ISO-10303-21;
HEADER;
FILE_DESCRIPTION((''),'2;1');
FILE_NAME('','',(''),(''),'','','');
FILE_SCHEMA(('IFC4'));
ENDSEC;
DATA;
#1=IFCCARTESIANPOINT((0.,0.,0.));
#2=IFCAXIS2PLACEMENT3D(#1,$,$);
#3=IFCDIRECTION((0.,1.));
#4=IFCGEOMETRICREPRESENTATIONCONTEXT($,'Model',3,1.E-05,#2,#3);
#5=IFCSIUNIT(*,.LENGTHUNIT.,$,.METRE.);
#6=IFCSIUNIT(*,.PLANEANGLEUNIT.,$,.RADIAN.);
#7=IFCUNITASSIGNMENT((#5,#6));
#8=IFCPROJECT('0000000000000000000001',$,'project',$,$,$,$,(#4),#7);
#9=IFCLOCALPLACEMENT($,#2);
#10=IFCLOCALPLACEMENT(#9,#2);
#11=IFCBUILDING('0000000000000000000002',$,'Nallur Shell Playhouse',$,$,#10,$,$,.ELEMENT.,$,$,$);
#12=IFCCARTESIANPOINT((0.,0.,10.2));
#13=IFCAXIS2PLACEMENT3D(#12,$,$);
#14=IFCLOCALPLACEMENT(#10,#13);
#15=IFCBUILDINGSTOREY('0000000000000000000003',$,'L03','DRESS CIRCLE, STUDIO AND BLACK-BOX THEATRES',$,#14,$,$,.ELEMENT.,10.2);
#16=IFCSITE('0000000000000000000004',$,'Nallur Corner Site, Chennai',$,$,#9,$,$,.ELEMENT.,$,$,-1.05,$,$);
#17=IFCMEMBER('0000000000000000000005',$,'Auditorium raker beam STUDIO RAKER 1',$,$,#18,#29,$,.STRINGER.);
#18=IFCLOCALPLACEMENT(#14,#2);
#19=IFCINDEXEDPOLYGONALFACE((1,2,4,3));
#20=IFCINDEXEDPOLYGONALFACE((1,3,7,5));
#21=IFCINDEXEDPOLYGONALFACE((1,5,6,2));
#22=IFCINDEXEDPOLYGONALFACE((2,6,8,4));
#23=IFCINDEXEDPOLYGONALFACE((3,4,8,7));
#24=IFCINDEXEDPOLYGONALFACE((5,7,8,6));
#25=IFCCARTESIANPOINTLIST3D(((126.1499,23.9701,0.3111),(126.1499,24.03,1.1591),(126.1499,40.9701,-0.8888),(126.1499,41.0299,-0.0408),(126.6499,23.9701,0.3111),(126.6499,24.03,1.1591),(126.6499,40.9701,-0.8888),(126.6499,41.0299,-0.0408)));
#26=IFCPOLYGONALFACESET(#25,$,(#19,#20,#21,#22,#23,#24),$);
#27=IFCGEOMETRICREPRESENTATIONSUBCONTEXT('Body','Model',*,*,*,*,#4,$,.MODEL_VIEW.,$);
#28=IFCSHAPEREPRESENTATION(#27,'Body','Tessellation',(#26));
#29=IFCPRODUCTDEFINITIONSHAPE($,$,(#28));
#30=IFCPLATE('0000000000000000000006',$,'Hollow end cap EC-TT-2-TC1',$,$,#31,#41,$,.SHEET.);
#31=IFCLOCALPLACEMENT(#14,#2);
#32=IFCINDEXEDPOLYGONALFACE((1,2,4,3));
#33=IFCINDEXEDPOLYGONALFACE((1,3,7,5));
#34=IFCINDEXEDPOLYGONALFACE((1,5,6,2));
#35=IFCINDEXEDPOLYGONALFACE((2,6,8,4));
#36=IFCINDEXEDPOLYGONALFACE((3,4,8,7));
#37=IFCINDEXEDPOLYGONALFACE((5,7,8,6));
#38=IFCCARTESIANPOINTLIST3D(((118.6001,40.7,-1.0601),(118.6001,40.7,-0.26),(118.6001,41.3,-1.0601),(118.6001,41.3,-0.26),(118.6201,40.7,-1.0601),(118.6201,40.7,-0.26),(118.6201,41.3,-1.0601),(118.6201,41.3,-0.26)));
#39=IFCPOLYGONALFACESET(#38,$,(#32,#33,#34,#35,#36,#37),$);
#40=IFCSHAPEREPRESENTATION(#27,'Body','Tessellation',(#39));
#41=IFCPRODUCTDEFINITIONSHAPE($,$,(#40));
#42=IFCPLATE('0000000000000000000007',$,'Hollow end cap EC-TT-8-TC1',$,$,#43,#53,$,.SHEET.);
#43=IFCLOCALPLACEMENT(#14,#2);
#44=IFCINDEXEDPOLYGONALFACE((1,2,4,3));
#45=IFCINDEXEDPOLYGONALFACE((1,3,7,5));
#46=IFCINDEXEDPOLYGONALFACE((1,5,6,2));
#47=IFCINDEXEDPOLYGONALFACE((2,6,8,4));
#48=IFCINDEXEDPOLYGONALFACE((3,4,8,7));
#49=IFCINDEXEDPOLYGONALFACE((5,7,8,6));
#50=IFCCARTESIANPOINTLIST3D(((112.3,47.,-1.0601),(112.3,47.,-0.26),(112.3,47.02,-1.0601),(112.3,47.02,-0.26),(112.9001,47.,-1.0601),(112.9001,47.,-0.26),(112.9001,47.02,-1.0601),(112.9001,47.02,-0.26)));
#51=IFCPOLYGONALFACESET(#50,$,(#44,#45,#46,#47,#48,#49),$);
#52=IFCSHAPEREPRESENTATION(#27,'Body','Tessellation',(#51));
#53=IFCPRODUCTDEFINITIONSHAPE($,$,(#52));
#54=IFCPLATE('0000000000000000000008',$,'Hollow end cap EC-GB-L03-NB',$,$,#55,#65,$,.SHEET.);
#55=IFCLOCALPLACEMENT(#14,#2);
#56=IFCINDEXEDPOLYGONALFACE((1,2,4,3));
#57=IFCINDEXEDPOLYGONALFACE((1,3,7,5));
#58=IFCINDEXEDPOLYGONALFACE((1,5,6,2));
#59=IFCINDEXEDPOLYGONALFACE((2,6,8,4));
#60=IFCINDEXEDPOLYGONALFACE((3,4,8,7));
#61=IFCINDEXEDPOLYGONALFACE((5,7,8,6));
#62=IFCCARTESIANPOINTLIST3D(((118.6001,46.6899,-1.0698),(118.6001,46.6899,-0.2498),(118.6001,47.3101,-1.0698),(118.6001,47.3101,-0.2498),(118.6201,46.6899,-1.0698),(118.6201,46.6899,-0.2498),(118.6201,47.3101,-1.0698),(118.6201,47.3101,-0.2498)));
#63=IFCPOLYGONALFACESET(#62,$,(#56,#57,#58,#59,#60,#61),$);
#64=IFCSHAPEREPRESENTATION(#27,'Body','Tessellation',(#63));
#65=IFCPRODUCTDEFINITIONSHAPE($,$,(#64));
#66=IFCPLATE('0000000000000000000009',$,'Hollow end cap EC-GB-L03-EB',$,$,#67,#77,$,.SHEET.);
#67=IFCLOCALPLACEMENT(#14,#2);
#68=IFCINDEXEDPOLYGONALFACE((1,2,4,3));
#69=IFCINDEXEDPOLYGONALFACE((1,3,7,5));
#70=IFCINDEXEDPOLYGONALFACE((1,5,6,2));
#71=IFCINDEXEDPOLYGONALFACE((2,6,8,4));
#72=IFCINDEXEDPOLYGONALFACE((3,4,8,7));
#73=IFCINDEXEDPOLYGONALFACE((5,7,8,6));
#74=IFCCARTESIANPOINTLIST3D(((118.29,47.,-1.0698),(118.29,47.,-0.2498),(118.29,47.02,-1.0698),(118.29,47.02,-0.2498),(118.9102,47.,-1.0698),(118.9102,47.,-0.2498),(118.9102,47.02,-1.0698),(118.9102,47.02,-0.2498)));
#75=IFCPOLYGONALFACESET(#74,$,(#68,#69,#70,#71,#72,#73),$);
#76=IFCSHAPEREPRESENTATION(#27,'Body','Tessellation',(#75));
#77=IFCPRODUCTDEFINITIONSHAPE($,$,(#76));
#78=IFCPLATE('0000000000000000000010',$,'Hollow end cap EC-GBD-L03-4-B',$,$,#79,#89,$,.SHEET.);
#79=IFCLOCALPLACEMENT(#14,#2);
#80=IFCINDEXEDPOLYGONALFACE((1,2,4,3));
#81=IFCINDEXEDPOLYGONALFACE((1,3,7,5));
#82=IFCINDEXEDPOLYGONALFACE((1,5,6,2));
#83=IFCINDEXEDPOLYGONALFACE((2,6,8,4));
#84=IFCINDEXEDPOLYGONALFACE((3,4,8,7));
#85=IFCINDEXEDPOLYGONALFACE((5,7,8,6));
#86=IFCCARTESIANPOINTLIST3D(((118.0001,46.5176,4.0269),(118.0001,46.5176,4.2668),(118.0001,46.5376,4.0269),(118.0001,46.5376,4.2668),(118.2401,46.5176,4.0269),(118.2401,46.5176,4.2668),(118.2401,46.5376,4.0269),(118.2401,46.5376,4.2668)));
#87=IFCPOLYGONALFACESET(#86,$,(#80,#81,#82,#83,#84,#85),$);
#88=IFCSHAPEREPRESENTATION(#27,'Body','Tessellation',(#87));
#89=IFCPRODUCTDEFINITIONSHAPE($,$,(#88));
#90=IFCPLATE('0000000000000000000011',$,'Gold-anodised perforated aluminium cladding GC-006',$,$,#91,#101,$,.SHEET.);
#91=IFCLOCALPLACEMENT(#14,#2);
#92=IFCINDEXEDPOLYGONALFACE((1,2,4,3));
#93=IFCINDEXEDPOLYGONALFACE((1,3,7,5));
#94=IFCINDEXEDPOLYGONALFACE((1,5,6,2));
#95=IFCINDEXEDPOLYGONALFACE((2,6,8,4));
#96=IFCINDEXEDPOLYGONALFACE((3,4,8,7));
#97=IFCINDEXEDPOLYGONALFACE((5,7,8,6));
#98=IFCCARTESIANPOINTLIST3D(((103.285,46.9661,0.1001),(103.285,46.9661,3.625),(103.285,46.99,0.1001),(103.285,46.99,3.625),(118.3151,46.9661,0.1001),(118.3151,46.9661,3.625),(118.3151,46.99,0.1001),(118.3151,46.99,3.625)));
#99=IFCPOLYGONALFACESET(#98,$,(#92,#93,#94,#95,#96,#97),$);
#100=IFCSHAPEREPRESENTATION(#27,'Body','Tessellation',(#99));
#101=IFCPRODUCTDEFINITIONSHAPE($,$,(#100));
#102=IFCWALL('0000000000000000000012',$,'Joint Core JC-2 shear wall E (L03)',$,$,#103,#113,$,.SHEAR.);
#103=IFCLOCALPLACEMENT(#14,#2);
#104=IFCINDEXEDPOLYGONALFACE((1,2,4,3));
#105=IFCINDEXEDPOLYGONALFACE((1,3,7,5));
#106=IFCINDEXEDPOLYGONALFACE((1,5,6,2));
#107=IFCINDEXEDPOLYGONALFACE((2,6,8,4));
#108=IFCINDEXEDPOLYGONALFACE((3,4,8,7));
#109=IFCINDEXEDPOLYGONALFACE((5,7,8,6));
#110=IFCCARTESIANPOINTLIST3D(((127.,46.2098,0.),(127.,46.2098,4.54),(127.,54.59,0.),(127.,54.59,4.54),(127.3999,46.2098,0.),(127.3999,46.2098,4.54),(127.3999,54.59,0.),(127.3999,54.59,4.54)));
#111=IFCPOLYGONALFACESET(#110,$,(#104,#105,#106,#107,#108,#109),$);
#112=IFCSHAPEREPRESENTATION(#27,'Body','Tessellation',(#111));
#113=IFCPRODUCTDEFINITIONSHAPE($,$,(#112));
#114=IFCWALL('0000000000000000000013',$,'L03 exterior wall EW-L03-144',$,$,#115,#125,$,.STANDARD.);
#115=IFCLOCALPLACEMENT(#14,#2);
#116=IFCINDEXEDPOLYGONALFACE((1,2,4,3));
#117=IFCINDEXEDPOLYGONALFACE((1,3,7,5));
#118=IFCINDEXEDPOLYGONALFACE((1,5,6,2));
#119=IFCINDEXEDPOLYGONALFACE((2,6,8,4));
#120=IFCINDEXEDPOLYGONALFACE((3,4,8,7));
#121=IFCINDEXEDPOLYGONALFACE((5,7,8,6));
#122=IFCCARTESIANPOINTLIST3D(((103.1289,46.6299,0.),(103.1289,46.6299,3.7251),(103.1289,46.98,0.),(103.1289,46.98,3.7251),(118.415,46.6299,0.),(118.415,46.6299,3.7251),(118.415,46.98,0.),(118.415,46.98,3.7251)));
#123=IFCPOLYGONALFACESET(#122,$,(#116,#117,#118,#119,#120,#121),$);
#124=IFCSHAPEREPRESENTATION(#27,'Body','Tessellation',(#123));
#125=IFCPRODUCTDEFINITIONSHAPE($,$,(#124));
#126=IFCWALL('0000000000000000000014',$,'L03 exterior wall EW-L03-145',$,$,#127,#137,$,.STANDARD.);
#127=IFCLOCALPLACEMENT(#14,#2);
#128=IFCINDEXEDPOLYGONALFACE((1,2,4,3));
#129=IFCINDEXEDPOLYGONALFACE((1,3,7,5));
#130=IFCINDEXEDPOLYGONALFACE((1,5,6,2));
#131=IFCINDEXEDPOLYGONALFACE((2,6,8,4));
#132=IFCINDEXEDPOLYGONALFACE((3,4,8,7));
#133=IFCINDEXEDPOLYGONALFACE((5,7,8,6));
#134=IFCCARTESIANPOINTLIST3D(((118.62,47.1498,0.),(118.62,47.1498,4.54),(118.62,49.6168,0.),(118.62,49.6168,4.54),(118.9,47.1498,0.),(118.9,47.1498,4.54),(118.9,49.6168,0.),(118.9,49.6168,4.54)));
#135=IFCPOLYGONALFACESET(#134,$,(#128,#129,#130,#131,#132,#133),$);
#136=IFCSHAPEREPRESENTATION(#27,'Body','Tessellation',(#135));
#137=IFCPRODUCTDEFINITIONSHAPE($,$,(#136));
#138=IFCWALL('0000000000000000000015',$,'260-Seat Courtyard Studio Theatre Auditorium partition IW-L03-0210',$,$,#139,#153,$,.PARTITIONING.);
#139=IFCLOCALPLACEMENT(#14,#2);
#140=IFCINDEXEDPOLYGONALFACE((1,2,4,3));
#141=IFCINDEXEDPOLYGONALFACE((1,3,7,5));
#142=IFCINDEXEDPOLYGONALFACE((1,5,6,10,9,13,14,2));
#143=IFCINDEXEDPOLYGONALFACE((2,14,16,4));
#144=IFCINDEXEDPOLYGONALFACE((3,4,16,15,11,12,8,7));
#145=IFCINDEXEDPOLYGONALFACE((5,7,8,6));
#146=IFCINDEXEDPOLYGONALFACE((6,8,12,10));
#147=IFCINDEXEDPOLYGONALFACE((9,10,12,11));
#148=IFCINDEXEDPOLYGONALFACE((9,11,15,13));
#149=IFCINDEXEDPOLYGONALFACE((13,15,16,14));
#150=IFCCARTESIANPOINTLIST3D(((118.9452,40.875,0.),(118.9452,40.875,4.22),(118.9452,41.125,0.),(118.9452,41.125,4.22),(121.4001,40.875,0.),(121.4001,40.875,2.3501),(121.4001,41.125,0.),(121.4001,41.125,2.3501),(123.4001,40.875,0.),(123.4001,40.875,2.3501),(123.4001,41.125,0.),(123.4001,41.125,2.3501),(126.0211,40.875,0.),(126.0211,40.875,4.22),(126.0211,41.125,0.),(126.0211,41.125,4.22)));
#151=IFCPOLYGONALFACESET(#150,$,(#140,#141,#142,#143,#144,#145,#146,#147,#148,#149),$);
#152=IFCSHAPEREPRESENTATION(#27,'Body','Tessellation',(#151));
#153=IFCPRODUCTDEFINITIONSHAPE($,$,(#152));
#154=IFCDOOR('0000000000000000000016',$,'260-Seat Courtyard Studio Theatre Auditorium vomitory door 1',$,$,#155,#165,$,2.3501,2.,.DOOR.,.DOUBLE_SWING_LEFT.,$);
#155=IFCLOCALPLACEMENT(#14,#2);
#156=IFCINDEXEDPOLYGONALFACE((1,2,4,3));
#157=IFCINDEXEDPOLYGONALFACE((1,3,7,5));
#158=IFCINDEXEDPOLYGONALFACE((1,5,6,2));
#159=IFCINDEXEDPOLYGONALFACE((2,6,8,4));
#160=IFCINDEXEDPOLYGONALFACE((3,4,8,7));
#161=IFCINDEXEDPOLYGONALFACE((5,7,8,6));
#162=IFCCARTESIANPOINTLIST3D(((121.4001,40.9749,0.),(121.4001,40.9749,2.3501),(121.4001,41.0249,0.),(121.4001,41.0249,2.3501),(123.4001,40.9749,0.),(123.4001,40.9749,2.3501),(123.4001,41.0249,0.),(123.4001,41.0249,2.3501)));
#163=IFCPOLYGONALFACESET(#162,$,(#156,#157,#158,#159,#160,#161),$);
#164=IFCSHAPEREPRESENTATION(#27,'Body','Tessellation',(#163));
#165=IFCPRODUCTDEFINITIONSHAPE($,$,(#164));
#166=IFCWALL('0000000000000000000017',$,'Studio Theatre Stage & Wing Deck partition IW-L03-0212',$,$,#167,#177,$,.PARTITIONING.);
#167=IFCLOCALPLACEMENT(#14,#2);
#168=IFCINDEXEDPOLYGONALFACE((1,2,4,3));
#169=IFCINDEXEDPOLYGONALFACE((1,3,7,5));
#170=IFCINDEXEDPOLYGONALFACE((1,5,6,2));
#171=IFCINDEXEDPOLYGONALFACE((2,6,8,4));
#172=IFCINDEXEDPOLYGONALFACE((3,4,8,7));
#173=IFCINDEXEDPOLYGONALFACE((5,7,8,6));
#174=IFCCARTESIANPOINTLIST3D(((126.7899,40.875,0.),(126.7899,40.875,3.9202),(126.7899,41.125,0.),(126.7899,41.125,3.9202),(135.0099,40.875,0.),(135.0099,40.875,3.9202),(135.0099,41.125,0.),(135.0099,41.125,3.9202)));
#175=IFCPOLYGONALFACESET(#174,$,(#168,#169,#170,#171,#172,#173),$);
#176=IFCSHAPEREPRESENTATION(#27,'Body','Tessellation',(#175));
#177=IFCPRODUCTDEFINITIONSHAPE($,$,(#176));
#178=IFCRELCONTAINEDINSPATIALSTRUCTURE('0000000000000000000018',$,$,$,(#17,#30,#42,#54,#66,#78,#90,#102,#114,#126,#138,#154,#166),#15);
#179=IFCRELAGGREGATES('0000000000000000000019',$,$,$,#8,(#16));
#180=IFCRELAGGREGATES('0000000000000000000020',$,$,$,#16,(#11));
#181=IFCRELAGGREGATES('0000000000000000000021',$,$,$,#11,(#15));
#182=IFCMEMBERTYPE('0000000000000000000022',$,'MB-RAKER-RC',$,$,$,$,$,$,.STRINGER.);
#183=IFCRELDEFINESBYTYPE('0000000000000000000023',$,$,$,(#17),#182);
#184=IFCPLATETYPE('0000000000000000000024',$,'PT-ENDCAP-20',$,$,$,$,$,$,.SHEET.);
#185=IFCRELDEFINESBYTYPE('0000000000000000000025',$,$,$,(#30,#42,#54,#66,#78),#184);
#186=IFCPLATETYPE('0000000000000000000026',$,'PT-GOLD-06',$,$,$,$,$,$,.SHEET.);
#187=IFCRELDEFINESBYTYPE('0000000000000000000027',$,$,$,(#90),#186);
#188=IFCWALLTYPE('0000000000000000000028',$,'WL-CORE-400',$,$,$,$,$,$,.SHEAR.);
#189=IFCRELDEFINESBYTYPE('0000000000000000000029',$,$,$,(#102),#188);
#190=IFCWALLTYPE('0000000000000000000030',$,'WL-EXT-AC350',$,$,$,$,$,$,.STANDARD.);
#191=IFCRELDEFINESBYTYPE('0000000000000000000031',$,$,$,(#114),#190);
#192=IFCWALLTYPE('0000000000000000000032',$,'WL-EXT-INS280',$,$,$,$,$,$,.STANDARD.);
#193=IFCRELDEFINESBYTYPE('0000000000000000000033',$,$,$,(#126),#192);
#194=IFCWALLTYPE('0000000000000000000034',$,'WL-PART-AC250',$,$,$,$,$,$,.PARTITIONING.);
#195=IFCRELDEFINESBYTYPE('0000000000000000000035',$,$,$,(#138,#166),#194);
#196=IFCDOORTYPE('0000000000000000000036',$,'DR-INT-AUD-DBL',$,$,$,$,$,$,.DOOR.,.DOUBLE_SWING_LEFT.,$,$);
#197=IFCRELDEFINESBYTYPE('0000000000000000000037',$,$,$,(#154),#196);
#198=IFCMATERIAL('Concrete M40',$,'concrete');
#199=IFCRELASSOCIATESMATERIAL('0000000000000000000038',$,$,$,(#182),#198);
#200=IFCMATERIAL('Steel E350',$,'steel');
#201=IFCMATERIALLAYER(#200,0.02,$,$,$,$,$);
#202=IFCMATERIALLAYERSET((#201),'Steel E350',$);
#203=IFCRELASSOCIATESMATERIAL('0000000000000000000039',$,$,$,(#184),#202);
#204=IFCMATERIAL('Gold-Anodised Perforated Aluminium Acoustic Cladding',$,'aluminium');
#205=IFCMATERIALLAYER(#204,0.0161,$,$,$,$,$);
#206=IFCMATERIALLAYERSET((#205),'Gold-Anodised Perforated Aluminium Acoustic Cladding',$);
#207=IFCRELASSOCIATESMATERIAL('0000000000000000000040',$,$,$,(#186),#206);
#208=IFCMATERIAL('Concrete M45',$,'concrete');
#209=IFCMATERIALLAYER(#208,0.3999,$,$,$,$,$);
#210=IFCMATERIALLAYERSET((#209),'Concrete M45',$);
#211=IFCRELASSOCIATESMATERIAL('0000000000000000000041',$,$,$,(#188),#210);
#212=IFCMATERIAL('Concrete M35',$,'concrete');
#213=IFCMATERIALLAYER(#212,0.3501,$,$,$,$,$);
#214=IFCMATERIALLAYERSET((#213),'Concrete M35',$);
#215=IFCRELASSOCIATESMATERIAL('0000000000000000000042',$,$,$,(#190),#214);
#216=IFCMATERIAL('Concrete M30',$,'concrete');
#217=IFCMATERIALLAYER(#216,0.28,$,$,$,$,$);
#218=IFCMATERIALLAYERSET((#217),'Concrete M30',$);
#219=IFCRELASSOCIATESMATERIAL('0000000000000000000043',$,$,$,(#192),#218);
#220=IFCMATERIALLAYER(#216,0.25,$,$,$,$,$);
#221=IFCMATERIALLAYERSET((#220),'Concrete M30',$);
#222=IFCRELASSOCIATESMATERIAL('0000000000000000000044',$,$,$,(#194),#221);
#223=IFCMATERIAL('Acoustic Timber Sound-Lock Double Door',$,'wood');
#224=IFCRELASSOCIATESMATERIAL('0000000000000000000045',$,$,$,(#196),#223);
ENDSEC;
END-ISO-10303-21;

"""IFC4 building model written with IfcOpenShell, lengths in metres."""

from ifc_helpers import new_model, si_unit, direction, frame, frame_2d, origin, origin_2d, place, context, subcontext, project, spatial, rectangle, extrude, material, layer, layer_set, material_profile, profile_set, type_object, element, fill, save


model = new_model("IFC4")

# Units and contexts
model_context = context("Model", 3, precision=1e-05, world=origin(), true_north=direction((0.0, 1.0)))
body_context = subcontext(model_context, "Body", "Model", "MODEL_VIEW")
ifc_project = project(units=[si_unit("LENGTHUNIT", "METRE"), si_unit("PLANEANGLEUNIT", "RADIAN")], contexts=[model_context])

# Site, building, storey
site_placement = place(None, origin())
site = spatial("IfcSite", under=ifc_project, at=site_placement, Name="Nallur Corner Site, Chennai", CompositionType="ELEMENT", RefElevation=-1.05)
building_placement = place(site_placement, origin())
building = spatial("IfcBuilding", under=site, at=building_placement, Name="Nallur Shell Playhouse", CompositionType="ELEMENT")
storey_placement = place(building_placement, frame((0.0, 0.0, 10.2)))
storey = spatial("IfcBuildingStorey", under=building, at=storey_placement, Name="L03", Description="DRESS CIRCLE, STUDIO AND BLACK-BOX THEATRES", CompositionType="ELEMENT", Elevation=10.2)

# Shared definitions
ifc_material_1 = material(Name="Concrete M45", Category="concrete")
ifc_material_2 = material(Name="Concrete M40", Category="concrete")

# Shared definitions
ifc_material_3 = material(Name="Steel E350", Category="steel")

# Member
ifc_material_profile_1 = material_profile(ifc_material_2, rectangle(XDim=0.5, YDim=0.8501, at=origin_2d()), Name="RC 500x850")
ifc_profile_set_1 = profile_set([ifc_material_profile_1], Name="Concrete M40")
member_type_1 = type_object("IfcMemberType", Name="MB-RAKER-RC", PredefinedType="STRINGER", material=ifc_profile_set_1)
member_1_placement = place(storey_placement, frame((126.3999, 41.0, -0.4648), z_axis=(0.0, -0.997518, 0.07041), x_axis=(1.0, 0.0, 0.0)))
element("IfcMember", 1, at=member_1_placement, inside=storey, type_object=member_type_1, Name="Auditorium raker beam STUDIO RAKER 1", PredefinedType="STRINGER", context=body_context, shape_type="SweptSolid", body=[
    extrude(rectangle(XDim=0.5, YDim=0.8501, at=origin_2d()), origin(), (0.0, 0.0, 1.0), 17.0422),
])

# Plates
ifc_layer_1 = layer(ifc_material_3, 0.02)
ifc_layer_set_1 = layer_set([ifc_layer_1], Name="Steel E350")
plate_type_1 = type_object("IfcPlateType", Name="PT-ENDCAP-20", PredefinedType="SHEET", material=ifc_layer_set_1)
plate_1_placement = place(storey_placement, frame((118.6101, 41.0, -1.0601), z_axis=(0.0, 0.0, 1.0), x_axis=(1.0, 0.0, 0.0)))
element("IfcPlate", 2, at=plate_1_placement, inside=storey, type_object=plate_type_1, Name="Hollow end cap EC-TT-2-TC1", PredefinedType="SHEET", context=body_context, shape_type="SweptSolid", body=[
    extrude(rectangle(XDim=0.02, YDim=0.6001, at=origin_2d()), origin(), (0.0, 0.0, 1.0), 0.8),
])
plate_2_placement = place(storey_placement, frame((112.6001, 47.01, -1.0601), z_axis=(0.0, 0.0, 1.0), x_axis=(1.0, 0.0, 0.0)))
element("IfcPlate", 3, at=plate_2_placement, inside=storey, type_object=plate_type_1, Name="Hollow end cap EC-TT-8-TC1", PredefinedType="SHEET", context=body_context, shape_type="SweptSolid", body=[
    extrude(rectangle(XDim=0.6001, YDim=0.02, at=origin_2d()), origin(), (0.0, 0.0, 1.0), 0.8),
])
plate_3_placement = place(storey_placement, frame((118.6101, 47.0, -1.0698), z_axis=(0.0, 0.0, 1.0), x_axis=(1.0, 0.0, 0.0)))
element("IfcPlate", 4, at=plate_3_placement, inside=storey, type_object=plate_type_1, Name="Hollow end cap EC-GB-L03-NB", PredefinedType="SHEET", context=body_context, shape_type="SweptSolid", body=[
    extrude(rectangle(XDim=0.02, YDim=0.6201, at=origin_2d()), origin(), (0.0, 0.0, 1.0), 0.8201),
])
plate_4_placement = place(storey_placement, frame((118.6001, 47.01, -1.0698), z_axis=(0.0, 0.0, 1.0), x_axis=(1.0, 0.0, 0.0)))
element("IfcPlate", 5, at=plate_4_placement, inside=storey, type_object=plate_type_1, Name="Hollow end cap EC-GB-L03-EB", PredefinedType="SHEET", context=body_context, shape_type="SweptSolid", body=[
    extrude(rectangle(XDim=0.6201, YDim=0.02, at=origin_2d()), origin(), (0.0, 0.0, 1.0), 0.8201),
])
plate_5_placement = place(storey_placement, frame((118.1201, 46.5276, 4.0269), z_axis=(0.0, 0.0, 1.0), x_axis=(1.0, 0.0, 0.0)))
element("IfcPlate", 6, at=plate_5_placement, inside=storey, type_object=plate_type_1, Name="Hollow end cap EC-GBD-L03-4-B", PredefinedType="SHEET", context=body_context, shape_type="SweptSolid", body=[
    extrude(rectangle(XDim=0.24, YDim=0.02, at=origin_2d()), origin(), (0.0, 0.0, 1.0), 0.24),
])
ifc_material_4 = material(Name="Gold-Anodised Perforated Aluminium Acoustic Cladding", Category="aluminium")
ifc_layer_2 = layer(ifc_material_4, 0.0161)
ifc_layer_set_2 = layer_set([ifc_layer_2], Name="Gold-Anodised Perforated Aluminium Acoustic Cladding")
plate_type_2 = type_object("IfcPlateType", Name="PT-GOLD-06", PredefinedType="SHEET", material=ifc_layer_set_2)
plate_6_placement = place(storey_placement, frame((110.8, 46.978, 0.1001), z_axis=(0.0, 0.0, 1.0), x_axis=(1.0, 0.0, 0.0)))
element("IfcPlate", 7, at=plate_6_placement, inside=storey, type_object=plate_type_2, Name="Gold-anodised perforated aluminium cladding GC-006", PredefinedType="SHEET", context=body_context, shape_type="SweptSolid", body=[
    extrude(rectangle(XDim=15.03, YDim=0.0239, at=origin_2d()), origin(), (0.0, 0.0, 1.0), 3.5249),
])

# Shared definitions
ifc_layer_3 = layer(ifc_material_1, 0.3999)
ifc_layer_set_3 = layer_set([ifc_layer_3], Name="Concrete M45")
wall_type_1 = type_object("IfcWallType", Name="WL-CORE-400", PredefinedType="SHEAR", material=ifc_layer_set_3)

# Walls
wall_1_placement = place(storey_placement, frame((127.2, 46.21, 0.0), z_axis=(0.0, 0.0, 1.0), x_axis=(0.0, 1.0, 0.0)))
element("IfcWall", 8, at=wall_1_placement, inside=storey, type_object=wall_type_1, Name="Joint Core JC-2 shear wall E (L03)", PredefinedType="SHEAR", context=body_context, shape_type="SweptSolid", body=[
    extrude(rectangle(XDim=8.3801, YDim=0.3999, at=frame_2d((4.1899, 0.0))), origin(), (0.0, 0.0, 1.0), 4.54),
])
ifc_material_5 = material(Name="Concrete M35", Category="concrete")
ifc_layer_4 = layer(ifc_material_5, 0.3501)
ifc_layer_set_4 = layer_set([ifc_layer_4], Name="Concrete M35")
wall_type_2 = type_object("IfcWallType", Name="WL-EXT-AC350", PredefinedType="STANDARD", material=ifc_layer_set_4)
wall_2_placement = place(storey_placement, frame((103.1289, 46.8049, 0.0), z_axis=(0.0, 0.0, 1.0), x_axis=(1.0, 0.0, 0.0)))
element("IfcWall", 9, at=wall_2_placement, inside=storey, type_object=wall_type_2, Name="L03 exterior wall EW-L03-144", PredefinedType="STANDARD", context=body_context, shape_type="SweptSolid", body=[
    extrude(rectangle(XDim=15.2861, YDim=0.3501, at=frame_2d((7.6431, 0.0))), origin(), (0.0, 0.0, 1.0), 3.7251),
])
ifc_material_6 = material(Name="Concrete M30", Category="concrete")
ifc_layer_5 = layer(ifc_material_6, 0.28)
ifc_layer_set_5 = layer_set([ifc_layer_5], Name="Concrete M30")
wall_type_3 = type_object("IfcWallType", Name="WL-EXT-INS280", PredefinedType="STANDARD", material=ifc_layer_set_5)
wall_3_placement = place(storey_placement, frame((118.76, 47.1499, 0.0), z_axis=(0.0, 0.0, 1.0), x_axis=(0.0, 1.0, 0.0)))
element("IfcWall", 10, at=wall_3_placement, inside=storey, type_object=wall_type_3, Name="L03 exterior wall EW-L03-145", PredefinedType="STANDARD", context=body_context, shape_type="SweptSolid", body=[
    extrude(rectangle(XDim=2.467, YDim=0.28, at=frame_2d((1.2334, 0.0))), origin(), (0.0, 0.0, 1.0), 4.54),
])

# Wall, opening, door
ifc_layer_6 = layer(ifc_material_6, 0.25)
ifc_layer_set_6 = layer_set([ifc_layer_6], Name="Concrete M30")
wall_type_4 = type_object("IfcWallType", Name="WL-PART-AC250", PredefinedType="PARTITIONING", material=ifc_layer_set_6)
wall_4_placement = place(storey_placement, frame((118.9451, 41.0, 0.0), z_axis=(0.0, 0.0, 1.0), x_axis=(1.0, 0.0, 0.0)))
wall_4 = element("IfcWall", 11, at=wall_4_placement, inside=storey, type_object=wall_type_4, Name="260-Seat Courtyard Studio Theatre Auditorium partition IW-L03-0210", PredefinedType="PARTITIONING", context=body_context, shape_type="SweptSolid", body=[
    extrude(rectangle(XDim=7.0759, YDim=0.25, at=frame_2d((3.5381, 0.0))), origin(), (0.0, 0.0, 1.0), 4.22),
])
opening_1_placement = place(wall_4_placement, frame((2.4551, 0.0, 0.0)))
opening_1 = element("IfcOpeningElement", 12, at=opening_1_placement, cuts=wall_4, PredefinedType="OPENING", context=body_context, shape_type="SweptSolid", body=[
    extrude(rectangle(XDim=2.0, YDim=2.3501, at=frame_2d((1.0, 1.175))), frame((0.0, 0.135, 0.0), z_axis=(0.0, -1.0, 0.0), x_axis=(1.0, 0.0, 0.0)), (0.0, 0.0, 1.0), 0.27),
])
ifc_material_7 = material(Name="Acoustic Timber Sound-Lock Double Door", Category="wood")
door_type_1 = type_object("IfcDoorType", Name="DR-INT-AUD-DBL", OperationType="DOUBLE_SWING_LEFT", PredefinedType="DOOR", material=ifc_material_7)
door_1_placement = place(opening_1_placement, origin())
door_1 = element("IfcDoor", 13, at=door_1_placement, inside=storey, type_object=door_type_1, Name="260-Seat Courtyard Studio Theatre Auditorium vomitory door 1", OperationType="DOUBLE_SWING_LEFT", OverallHeight=2.3501, OverallWidth=2.0, PredefinedType="DOOR", context=body_context, shape_type="SweptSolid", body=[
    extrude(rectangle(XDim=2.0, YDim=2.3501, at=frame_2d((1.0, 1.175))), frame((0.0, 0.0249, 0.0), z_axis=(0.0, -1.0, 0.0), x_axis=(1.0, 0.0, 0.0)), (0.0, 0.0, 1.0), 0.05),
])
fill(opening_1, door_1)

# Wall
wall_5_placement = place(storey_placement, frame((126.79, 41.0, 0.0), z_axis=(0.0, 0.0, 1.0), x_axis=(1.0, 0.0, 0.0)))
element("IfcWall", 14, at=wall_5_placement, inside=storey, type_object=wall_type_4, Name="Studio Theatre Stage & Wing Deck partition IW-L03-0212", PredefinedType="PARTITIONING", context=body_context, shape_type="SweptSolid", body=[
    extrude(rectangle(XDim=8.22, YDim=0.25, at=frame_2d((4.1099, 0.0))), origin(), (0.0, 0.0, 1.0), 3.9202),
])

save(model, "model.ifc")
